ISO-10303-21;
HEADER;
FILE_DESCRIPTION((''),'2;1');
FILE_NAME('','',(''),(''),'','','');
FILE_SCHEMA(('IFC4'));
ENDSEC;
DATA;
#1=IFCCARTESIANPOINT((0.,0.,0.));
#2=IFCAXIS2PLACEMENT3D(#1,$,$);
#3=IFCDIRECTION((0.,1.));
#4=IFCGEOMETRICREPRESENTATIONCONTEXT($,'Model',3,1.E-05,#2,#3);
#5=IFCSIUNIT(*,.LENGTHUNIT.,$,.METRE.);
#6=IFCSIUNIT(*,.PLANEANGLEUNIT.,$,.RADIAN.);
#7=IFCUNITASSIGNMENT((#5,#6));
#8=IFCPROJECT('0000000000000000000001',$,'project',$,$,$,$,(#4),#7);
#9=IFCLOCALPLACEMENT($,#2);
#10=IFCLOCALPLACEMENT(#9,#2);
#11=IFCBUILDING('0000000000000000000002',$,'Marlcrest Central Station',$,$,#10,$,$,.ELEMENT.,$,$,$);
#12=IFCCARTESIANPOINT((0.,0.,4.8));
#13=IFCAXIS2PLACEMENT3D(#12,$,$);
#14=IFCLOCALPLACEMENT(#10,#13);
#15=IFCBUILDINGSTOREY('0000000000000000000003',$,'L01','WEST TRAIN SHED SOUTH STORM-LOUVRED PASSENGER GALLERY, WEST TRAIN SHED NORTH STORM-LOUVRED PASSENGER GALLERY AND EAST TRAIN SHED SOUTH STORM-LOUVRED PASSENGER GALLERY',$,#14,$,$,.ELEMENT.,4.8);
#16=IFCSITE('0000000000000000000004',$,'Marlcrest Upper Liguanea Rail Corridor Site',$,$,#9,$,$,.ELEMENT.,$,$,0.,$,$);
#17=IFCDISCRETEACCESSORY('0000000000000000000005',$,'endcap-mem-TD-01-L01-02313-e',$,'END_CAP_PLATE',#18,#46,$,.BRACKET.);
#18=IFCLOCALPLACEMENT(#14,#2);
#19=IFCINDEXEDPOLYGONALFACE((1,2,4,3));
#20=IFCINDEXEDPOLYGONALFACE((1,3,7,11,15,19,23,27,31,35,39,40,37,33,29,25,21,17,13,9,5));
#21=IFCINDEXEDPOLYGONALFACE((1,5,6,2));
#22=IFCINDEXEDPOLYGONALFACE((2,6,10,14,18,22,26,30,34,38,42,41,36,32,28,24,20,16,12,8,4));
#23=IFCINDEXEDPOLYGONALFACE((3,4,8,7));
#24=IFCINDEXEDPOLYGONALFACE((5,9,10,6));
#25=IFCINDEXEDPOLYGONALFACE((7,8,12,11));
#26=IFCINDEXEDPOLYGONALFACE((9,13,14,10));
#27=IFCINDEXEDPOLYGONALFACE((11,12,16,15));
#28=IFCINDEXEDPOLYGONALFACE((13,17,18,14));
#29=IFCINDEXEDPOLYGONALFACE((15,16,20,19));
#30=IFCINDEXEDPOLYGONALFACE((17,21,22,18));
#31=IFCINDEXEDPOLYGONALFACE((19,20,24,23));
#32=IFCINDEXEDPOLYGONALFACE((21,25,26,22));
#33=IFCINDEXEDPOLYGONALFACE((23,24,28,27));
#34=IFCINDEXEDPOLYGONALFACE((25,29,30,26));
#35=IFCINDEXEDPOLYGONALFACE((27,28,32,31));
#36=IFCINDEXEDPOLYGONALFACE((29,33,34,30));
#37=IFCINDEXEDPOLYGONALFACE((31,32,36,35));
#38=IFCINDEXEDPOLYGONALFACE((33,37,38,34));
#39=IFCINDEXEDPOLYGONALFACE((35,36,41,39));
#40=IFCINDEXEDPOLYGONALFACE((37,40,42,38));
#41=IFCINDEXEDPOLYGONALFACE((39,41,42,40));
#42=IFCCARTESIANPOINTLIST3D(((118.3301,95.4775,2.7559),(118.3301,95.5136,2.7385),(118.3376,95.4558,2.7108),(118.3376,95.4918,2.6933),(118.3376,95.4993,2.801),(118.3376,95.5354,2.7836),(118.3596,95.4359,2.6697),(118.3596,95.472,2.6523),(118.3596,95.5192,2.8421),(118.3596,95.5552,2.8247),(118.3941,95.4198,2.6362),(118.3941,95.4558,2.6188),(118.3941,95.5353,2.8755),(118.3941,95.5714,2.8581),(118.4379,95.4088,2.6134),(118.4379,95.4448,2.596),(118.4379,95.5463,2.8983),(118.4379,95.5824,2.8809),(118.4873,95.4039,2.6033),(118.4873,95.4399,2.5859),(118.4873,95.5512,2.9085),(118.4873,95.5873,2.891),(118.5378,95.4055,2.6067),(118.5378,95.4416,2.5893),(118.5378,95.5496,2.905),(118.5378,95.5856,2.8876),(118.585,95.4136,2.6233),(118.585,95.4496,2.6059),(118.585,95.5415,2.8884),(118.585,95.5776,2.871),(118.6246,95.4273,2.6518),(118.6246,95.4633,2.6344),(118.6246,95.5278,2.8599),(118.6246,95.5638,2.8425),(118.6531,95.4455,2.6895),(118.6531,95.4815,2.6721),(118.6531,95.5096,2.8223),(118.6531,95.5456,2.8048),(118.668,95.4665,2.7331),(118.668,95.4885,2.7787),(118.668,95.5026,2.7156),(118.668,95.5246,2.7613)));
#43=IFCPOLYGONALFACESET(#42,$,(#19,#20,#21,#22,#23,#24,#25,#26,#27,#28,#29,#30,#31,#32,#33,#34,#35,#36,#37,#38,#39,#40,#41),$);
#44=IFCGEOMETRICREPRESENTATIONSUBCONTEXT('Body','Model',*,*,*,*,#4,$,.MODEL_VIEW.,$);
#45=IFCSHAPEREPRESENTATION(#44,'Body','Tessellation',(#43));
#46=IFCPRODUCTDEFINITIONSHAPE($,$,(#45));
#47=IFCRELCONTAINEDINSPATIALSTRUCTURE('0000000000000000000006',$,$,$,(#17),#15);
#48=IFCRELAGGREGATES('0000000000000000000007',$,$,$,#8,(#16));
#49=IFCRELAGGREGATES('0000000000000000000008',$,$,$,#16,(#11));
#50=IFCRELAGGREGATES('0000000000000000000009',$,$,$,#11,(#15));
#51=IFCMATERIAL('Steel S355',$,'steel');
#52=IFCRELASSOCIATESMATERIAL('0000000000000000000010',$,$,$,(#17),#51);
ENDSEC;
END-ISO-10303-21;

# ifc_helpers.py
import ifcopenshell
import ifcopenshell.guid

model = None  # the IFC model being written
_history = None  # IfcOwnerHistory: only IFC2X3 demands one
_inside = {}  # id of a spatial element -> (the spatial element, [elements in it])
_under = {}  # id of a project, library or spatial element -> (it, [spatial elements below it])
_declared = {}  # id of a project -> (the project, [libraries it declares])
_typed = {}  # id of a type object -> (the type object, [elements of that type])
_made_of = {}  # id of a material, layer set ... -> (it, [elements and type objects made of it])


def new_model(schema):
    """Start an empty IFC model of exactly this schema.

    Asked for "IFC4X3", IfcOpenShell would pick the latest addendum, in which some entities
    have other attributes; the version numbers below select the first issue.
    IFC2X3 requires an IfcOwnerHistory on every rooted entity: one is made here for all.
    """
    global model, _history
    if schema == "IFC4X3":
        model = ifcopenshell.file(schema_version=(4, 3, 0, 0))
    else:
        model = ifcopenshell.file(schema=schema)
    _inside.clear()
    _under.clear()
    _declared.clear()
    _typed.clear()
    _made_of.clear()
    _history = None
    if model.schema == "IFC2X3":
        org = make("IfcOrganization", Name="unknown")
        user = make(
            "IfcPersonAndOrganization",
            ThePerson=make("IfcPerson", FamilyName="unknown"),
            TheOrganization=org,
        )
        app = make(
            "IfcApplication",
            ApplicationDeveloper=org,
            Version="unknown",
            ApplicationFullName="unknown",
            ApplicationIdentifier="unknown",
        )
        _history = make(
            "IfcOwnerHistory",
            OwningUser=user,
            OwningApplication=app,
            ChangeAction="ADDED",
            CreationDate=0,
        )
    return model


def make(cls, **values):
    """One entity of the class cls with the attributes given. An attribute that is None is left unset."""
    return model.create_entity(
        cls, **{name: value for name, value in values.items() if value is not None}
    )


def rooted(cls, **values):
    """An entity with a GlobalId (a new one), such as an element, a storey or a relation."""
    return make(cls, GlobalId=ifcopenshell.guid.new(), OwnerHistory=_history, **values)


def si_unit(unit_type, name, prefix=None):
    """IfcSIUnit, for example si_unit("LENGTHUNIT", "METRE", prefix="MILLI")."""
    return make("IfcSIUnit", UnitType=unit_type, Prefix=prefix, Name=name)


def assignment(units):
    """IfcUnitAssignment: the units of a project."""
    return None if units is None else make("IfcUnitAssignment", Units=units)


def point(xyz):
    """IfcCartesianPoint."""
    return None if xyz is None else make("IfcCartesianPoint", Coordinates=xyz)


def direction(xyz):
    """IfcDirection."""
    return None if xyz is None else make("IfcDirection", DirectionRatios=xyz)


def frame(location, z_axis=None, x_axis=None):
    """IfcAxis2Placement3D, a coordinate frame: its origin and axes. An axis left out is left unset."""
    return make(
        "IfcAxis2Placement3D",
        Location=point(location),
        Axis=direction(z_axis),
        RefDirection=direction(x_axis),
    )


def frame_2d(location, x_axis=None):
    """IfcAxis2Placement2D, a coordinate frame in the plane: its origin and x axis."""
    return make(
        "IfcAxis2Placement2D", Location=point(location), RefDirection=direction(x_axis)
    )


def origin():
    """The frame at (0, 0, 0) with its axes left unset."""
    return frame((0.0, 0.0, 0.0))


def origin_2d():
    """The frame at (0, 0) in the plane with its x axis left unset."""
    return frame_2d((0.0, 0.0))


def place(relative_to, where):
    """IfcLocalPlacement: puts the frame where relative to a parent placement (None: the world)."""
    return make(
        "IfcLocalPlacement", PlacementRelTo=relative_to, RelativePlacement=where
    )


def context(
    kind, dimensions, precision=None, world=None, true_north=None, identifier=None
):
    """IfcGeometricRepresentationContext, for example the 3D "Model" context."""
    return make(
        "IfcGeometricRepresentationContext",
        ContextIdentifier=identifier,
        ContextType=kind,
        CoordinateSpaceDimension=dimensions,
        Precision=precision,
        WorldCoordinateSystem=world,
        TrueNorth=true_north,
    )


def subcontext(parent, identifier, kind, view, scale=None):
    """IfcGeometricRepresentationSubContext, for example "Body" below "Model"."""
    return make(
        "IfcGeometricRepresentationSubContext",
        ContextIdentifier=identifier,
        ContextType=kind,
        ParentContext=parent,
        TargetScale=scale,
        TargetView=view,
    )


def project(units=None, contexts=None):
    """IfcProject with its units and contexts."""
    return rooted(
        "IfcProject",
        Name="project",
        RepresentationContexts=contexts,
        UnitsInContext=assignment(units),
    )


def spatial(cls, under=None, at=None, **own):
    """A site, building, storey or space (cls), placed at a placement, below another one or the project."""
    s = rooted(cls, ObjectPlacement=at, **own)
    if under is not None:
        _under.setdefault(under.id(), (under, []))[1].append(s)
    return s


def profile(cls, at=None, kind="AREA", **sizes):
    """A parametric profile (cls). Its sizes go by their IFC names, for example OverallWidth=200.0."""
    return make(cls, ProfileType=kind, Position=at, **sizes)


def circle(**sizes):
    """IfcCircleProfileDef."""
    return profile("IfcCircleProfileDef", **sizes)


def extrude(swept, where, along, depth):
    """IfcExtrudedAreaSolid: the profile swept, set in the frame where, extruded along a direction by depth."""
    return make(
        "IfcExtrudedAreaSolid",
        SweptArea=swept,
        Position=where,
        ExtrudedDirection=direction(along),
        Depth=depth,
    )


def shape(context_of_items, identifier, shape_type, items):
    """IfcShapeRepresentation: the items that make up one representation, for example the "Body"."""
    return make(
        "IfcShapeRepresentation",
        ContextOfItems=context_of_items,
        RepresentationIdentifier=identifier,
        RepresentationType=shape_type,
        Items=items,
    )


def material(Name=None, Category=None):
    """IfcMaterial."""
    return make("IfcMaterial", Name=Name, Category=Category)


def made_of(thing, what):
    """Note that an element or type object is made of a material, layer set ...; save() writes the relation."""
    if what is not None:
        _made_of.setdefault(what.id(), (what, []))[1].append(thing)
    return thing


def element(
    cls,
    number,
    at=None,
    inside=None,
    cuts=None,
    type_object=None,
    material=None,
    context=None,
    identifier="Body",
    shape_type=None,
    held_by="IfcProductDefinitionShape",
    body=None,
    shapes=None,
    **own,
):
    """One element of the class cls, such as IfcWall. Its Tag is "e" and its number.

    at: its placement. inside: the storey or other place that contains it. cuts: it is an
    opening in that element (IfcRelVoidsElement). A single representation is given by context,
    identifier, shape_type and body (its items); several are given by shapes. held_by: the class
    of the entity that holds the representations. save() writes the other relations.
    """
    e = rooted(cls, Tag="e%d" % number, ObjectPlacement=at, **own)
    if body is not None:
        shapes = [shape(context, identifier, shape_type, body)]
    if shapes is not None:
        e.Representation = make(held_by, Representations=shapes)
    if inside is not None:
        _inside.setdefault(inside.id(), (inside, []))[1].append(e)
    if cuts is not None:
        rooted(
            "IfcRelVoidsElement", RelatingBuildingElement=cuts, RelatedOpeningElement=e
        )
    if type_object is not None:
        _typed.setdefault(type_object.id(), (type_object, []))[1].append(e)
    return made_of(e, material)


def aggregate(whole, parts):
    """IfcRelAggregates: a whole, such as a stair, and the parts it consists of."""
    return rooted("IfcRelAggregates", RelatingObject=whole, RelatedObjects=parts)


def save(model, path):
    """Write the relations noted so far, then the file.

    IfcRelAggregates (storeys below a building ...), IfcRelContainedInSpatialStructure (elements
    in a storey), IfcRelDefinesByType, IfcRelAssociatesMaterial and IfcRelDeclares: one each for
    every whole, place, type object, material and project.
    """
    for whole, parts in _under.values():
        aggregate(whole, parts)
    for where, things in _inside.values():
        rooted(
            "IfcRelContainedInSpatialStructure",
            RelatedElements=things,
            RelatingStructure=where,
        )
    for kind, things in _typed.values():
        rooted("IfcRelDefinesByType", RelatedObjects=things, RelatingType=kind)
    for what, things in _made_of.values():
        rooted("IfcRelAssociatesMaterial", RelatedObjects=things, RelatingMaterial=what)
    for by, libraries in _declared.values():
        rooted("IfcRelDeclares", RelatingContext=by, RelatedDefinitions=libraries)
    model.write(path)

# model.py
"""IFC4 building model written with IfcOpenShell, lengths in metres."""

from ifc_helpers import new_model, si_unit, direction, frame, origin, origin_2d, place, context, subcontext, project, spatial, circle, extrude, material, element, save


model = new_model("IFC4")

# Units and contexts
model_context = context("Model", 3, precision=1e-05, world=origin(), true_north=direction((0.0, 1.0)))
body_context = subcontext(model_context, "Body", "Model", "MODEL_VIEW")
ifc_project = project(units=[si_unit("LENGTHUNIT", "METRE"), si_unit("PLANEANGLEUNIT", "RADIAN")], contexts=[model_context])

# Site, building, storey
site_placement = place(None, origin())
site = spatial("IfcSite", under=ifc_project, at=site_placement, Name="Marlcrest Upper Liguanea Rail Corridor Site", CompositionType="ELEMENT", RefElevation=0.0)
building_placement = place(site_placement, origin())
building = spatial("IfcBuilding", under=site, at=building_placement, Name="Marlcrest Central Station", CompositionType="ELEMENT")
storey_placement = place(building_placement, frame((0.0, 0.0, 4.8)))
storey = spatial("IfcBuildingStorey", under=building, at=storey_placement, Name="L01", Description="WEST TRAIN SHED SOUTH STORM-LOUVRED PASSENGER GALLERY, WEST TRAIN SHED NORTH STORM-LOUVRED PASSENGER GALLERY AND EAST TRAIN SHED SOUTH STORM-LOUVRED PASSENGER GALLERY", CompositionType="ELEMENT", Elevation=4.8)

# Shared definitions
ifc_material_1 = material(Name="Steel S355", Category="steel")

# Discrete accessory
discrete_accessory_placement = place(storey_placement, frame((118.5, 95.4775, 2.7559), z_axis=(0.0, 0.900552, -0.434749), x_axis=(-1.0, 0.0, 0.0)))
element("IfcDiscreteAccessory", 1, at=discrete_accessory_placement, inside=storey, material=ifc_material_1, Name="endcap-mem-TD-01-L01-02313-e", ObjectType="END_CAP_PLATE", PredefinedType="BRACKET", context=body_context, shape_type="SweptSolid", body=[
    extrude(circle(Radius=0.1699, at=origin_2d()), origin(), (0.0, 0.0, 1.0), 0.04),
])

save(model, "model.ifc")
